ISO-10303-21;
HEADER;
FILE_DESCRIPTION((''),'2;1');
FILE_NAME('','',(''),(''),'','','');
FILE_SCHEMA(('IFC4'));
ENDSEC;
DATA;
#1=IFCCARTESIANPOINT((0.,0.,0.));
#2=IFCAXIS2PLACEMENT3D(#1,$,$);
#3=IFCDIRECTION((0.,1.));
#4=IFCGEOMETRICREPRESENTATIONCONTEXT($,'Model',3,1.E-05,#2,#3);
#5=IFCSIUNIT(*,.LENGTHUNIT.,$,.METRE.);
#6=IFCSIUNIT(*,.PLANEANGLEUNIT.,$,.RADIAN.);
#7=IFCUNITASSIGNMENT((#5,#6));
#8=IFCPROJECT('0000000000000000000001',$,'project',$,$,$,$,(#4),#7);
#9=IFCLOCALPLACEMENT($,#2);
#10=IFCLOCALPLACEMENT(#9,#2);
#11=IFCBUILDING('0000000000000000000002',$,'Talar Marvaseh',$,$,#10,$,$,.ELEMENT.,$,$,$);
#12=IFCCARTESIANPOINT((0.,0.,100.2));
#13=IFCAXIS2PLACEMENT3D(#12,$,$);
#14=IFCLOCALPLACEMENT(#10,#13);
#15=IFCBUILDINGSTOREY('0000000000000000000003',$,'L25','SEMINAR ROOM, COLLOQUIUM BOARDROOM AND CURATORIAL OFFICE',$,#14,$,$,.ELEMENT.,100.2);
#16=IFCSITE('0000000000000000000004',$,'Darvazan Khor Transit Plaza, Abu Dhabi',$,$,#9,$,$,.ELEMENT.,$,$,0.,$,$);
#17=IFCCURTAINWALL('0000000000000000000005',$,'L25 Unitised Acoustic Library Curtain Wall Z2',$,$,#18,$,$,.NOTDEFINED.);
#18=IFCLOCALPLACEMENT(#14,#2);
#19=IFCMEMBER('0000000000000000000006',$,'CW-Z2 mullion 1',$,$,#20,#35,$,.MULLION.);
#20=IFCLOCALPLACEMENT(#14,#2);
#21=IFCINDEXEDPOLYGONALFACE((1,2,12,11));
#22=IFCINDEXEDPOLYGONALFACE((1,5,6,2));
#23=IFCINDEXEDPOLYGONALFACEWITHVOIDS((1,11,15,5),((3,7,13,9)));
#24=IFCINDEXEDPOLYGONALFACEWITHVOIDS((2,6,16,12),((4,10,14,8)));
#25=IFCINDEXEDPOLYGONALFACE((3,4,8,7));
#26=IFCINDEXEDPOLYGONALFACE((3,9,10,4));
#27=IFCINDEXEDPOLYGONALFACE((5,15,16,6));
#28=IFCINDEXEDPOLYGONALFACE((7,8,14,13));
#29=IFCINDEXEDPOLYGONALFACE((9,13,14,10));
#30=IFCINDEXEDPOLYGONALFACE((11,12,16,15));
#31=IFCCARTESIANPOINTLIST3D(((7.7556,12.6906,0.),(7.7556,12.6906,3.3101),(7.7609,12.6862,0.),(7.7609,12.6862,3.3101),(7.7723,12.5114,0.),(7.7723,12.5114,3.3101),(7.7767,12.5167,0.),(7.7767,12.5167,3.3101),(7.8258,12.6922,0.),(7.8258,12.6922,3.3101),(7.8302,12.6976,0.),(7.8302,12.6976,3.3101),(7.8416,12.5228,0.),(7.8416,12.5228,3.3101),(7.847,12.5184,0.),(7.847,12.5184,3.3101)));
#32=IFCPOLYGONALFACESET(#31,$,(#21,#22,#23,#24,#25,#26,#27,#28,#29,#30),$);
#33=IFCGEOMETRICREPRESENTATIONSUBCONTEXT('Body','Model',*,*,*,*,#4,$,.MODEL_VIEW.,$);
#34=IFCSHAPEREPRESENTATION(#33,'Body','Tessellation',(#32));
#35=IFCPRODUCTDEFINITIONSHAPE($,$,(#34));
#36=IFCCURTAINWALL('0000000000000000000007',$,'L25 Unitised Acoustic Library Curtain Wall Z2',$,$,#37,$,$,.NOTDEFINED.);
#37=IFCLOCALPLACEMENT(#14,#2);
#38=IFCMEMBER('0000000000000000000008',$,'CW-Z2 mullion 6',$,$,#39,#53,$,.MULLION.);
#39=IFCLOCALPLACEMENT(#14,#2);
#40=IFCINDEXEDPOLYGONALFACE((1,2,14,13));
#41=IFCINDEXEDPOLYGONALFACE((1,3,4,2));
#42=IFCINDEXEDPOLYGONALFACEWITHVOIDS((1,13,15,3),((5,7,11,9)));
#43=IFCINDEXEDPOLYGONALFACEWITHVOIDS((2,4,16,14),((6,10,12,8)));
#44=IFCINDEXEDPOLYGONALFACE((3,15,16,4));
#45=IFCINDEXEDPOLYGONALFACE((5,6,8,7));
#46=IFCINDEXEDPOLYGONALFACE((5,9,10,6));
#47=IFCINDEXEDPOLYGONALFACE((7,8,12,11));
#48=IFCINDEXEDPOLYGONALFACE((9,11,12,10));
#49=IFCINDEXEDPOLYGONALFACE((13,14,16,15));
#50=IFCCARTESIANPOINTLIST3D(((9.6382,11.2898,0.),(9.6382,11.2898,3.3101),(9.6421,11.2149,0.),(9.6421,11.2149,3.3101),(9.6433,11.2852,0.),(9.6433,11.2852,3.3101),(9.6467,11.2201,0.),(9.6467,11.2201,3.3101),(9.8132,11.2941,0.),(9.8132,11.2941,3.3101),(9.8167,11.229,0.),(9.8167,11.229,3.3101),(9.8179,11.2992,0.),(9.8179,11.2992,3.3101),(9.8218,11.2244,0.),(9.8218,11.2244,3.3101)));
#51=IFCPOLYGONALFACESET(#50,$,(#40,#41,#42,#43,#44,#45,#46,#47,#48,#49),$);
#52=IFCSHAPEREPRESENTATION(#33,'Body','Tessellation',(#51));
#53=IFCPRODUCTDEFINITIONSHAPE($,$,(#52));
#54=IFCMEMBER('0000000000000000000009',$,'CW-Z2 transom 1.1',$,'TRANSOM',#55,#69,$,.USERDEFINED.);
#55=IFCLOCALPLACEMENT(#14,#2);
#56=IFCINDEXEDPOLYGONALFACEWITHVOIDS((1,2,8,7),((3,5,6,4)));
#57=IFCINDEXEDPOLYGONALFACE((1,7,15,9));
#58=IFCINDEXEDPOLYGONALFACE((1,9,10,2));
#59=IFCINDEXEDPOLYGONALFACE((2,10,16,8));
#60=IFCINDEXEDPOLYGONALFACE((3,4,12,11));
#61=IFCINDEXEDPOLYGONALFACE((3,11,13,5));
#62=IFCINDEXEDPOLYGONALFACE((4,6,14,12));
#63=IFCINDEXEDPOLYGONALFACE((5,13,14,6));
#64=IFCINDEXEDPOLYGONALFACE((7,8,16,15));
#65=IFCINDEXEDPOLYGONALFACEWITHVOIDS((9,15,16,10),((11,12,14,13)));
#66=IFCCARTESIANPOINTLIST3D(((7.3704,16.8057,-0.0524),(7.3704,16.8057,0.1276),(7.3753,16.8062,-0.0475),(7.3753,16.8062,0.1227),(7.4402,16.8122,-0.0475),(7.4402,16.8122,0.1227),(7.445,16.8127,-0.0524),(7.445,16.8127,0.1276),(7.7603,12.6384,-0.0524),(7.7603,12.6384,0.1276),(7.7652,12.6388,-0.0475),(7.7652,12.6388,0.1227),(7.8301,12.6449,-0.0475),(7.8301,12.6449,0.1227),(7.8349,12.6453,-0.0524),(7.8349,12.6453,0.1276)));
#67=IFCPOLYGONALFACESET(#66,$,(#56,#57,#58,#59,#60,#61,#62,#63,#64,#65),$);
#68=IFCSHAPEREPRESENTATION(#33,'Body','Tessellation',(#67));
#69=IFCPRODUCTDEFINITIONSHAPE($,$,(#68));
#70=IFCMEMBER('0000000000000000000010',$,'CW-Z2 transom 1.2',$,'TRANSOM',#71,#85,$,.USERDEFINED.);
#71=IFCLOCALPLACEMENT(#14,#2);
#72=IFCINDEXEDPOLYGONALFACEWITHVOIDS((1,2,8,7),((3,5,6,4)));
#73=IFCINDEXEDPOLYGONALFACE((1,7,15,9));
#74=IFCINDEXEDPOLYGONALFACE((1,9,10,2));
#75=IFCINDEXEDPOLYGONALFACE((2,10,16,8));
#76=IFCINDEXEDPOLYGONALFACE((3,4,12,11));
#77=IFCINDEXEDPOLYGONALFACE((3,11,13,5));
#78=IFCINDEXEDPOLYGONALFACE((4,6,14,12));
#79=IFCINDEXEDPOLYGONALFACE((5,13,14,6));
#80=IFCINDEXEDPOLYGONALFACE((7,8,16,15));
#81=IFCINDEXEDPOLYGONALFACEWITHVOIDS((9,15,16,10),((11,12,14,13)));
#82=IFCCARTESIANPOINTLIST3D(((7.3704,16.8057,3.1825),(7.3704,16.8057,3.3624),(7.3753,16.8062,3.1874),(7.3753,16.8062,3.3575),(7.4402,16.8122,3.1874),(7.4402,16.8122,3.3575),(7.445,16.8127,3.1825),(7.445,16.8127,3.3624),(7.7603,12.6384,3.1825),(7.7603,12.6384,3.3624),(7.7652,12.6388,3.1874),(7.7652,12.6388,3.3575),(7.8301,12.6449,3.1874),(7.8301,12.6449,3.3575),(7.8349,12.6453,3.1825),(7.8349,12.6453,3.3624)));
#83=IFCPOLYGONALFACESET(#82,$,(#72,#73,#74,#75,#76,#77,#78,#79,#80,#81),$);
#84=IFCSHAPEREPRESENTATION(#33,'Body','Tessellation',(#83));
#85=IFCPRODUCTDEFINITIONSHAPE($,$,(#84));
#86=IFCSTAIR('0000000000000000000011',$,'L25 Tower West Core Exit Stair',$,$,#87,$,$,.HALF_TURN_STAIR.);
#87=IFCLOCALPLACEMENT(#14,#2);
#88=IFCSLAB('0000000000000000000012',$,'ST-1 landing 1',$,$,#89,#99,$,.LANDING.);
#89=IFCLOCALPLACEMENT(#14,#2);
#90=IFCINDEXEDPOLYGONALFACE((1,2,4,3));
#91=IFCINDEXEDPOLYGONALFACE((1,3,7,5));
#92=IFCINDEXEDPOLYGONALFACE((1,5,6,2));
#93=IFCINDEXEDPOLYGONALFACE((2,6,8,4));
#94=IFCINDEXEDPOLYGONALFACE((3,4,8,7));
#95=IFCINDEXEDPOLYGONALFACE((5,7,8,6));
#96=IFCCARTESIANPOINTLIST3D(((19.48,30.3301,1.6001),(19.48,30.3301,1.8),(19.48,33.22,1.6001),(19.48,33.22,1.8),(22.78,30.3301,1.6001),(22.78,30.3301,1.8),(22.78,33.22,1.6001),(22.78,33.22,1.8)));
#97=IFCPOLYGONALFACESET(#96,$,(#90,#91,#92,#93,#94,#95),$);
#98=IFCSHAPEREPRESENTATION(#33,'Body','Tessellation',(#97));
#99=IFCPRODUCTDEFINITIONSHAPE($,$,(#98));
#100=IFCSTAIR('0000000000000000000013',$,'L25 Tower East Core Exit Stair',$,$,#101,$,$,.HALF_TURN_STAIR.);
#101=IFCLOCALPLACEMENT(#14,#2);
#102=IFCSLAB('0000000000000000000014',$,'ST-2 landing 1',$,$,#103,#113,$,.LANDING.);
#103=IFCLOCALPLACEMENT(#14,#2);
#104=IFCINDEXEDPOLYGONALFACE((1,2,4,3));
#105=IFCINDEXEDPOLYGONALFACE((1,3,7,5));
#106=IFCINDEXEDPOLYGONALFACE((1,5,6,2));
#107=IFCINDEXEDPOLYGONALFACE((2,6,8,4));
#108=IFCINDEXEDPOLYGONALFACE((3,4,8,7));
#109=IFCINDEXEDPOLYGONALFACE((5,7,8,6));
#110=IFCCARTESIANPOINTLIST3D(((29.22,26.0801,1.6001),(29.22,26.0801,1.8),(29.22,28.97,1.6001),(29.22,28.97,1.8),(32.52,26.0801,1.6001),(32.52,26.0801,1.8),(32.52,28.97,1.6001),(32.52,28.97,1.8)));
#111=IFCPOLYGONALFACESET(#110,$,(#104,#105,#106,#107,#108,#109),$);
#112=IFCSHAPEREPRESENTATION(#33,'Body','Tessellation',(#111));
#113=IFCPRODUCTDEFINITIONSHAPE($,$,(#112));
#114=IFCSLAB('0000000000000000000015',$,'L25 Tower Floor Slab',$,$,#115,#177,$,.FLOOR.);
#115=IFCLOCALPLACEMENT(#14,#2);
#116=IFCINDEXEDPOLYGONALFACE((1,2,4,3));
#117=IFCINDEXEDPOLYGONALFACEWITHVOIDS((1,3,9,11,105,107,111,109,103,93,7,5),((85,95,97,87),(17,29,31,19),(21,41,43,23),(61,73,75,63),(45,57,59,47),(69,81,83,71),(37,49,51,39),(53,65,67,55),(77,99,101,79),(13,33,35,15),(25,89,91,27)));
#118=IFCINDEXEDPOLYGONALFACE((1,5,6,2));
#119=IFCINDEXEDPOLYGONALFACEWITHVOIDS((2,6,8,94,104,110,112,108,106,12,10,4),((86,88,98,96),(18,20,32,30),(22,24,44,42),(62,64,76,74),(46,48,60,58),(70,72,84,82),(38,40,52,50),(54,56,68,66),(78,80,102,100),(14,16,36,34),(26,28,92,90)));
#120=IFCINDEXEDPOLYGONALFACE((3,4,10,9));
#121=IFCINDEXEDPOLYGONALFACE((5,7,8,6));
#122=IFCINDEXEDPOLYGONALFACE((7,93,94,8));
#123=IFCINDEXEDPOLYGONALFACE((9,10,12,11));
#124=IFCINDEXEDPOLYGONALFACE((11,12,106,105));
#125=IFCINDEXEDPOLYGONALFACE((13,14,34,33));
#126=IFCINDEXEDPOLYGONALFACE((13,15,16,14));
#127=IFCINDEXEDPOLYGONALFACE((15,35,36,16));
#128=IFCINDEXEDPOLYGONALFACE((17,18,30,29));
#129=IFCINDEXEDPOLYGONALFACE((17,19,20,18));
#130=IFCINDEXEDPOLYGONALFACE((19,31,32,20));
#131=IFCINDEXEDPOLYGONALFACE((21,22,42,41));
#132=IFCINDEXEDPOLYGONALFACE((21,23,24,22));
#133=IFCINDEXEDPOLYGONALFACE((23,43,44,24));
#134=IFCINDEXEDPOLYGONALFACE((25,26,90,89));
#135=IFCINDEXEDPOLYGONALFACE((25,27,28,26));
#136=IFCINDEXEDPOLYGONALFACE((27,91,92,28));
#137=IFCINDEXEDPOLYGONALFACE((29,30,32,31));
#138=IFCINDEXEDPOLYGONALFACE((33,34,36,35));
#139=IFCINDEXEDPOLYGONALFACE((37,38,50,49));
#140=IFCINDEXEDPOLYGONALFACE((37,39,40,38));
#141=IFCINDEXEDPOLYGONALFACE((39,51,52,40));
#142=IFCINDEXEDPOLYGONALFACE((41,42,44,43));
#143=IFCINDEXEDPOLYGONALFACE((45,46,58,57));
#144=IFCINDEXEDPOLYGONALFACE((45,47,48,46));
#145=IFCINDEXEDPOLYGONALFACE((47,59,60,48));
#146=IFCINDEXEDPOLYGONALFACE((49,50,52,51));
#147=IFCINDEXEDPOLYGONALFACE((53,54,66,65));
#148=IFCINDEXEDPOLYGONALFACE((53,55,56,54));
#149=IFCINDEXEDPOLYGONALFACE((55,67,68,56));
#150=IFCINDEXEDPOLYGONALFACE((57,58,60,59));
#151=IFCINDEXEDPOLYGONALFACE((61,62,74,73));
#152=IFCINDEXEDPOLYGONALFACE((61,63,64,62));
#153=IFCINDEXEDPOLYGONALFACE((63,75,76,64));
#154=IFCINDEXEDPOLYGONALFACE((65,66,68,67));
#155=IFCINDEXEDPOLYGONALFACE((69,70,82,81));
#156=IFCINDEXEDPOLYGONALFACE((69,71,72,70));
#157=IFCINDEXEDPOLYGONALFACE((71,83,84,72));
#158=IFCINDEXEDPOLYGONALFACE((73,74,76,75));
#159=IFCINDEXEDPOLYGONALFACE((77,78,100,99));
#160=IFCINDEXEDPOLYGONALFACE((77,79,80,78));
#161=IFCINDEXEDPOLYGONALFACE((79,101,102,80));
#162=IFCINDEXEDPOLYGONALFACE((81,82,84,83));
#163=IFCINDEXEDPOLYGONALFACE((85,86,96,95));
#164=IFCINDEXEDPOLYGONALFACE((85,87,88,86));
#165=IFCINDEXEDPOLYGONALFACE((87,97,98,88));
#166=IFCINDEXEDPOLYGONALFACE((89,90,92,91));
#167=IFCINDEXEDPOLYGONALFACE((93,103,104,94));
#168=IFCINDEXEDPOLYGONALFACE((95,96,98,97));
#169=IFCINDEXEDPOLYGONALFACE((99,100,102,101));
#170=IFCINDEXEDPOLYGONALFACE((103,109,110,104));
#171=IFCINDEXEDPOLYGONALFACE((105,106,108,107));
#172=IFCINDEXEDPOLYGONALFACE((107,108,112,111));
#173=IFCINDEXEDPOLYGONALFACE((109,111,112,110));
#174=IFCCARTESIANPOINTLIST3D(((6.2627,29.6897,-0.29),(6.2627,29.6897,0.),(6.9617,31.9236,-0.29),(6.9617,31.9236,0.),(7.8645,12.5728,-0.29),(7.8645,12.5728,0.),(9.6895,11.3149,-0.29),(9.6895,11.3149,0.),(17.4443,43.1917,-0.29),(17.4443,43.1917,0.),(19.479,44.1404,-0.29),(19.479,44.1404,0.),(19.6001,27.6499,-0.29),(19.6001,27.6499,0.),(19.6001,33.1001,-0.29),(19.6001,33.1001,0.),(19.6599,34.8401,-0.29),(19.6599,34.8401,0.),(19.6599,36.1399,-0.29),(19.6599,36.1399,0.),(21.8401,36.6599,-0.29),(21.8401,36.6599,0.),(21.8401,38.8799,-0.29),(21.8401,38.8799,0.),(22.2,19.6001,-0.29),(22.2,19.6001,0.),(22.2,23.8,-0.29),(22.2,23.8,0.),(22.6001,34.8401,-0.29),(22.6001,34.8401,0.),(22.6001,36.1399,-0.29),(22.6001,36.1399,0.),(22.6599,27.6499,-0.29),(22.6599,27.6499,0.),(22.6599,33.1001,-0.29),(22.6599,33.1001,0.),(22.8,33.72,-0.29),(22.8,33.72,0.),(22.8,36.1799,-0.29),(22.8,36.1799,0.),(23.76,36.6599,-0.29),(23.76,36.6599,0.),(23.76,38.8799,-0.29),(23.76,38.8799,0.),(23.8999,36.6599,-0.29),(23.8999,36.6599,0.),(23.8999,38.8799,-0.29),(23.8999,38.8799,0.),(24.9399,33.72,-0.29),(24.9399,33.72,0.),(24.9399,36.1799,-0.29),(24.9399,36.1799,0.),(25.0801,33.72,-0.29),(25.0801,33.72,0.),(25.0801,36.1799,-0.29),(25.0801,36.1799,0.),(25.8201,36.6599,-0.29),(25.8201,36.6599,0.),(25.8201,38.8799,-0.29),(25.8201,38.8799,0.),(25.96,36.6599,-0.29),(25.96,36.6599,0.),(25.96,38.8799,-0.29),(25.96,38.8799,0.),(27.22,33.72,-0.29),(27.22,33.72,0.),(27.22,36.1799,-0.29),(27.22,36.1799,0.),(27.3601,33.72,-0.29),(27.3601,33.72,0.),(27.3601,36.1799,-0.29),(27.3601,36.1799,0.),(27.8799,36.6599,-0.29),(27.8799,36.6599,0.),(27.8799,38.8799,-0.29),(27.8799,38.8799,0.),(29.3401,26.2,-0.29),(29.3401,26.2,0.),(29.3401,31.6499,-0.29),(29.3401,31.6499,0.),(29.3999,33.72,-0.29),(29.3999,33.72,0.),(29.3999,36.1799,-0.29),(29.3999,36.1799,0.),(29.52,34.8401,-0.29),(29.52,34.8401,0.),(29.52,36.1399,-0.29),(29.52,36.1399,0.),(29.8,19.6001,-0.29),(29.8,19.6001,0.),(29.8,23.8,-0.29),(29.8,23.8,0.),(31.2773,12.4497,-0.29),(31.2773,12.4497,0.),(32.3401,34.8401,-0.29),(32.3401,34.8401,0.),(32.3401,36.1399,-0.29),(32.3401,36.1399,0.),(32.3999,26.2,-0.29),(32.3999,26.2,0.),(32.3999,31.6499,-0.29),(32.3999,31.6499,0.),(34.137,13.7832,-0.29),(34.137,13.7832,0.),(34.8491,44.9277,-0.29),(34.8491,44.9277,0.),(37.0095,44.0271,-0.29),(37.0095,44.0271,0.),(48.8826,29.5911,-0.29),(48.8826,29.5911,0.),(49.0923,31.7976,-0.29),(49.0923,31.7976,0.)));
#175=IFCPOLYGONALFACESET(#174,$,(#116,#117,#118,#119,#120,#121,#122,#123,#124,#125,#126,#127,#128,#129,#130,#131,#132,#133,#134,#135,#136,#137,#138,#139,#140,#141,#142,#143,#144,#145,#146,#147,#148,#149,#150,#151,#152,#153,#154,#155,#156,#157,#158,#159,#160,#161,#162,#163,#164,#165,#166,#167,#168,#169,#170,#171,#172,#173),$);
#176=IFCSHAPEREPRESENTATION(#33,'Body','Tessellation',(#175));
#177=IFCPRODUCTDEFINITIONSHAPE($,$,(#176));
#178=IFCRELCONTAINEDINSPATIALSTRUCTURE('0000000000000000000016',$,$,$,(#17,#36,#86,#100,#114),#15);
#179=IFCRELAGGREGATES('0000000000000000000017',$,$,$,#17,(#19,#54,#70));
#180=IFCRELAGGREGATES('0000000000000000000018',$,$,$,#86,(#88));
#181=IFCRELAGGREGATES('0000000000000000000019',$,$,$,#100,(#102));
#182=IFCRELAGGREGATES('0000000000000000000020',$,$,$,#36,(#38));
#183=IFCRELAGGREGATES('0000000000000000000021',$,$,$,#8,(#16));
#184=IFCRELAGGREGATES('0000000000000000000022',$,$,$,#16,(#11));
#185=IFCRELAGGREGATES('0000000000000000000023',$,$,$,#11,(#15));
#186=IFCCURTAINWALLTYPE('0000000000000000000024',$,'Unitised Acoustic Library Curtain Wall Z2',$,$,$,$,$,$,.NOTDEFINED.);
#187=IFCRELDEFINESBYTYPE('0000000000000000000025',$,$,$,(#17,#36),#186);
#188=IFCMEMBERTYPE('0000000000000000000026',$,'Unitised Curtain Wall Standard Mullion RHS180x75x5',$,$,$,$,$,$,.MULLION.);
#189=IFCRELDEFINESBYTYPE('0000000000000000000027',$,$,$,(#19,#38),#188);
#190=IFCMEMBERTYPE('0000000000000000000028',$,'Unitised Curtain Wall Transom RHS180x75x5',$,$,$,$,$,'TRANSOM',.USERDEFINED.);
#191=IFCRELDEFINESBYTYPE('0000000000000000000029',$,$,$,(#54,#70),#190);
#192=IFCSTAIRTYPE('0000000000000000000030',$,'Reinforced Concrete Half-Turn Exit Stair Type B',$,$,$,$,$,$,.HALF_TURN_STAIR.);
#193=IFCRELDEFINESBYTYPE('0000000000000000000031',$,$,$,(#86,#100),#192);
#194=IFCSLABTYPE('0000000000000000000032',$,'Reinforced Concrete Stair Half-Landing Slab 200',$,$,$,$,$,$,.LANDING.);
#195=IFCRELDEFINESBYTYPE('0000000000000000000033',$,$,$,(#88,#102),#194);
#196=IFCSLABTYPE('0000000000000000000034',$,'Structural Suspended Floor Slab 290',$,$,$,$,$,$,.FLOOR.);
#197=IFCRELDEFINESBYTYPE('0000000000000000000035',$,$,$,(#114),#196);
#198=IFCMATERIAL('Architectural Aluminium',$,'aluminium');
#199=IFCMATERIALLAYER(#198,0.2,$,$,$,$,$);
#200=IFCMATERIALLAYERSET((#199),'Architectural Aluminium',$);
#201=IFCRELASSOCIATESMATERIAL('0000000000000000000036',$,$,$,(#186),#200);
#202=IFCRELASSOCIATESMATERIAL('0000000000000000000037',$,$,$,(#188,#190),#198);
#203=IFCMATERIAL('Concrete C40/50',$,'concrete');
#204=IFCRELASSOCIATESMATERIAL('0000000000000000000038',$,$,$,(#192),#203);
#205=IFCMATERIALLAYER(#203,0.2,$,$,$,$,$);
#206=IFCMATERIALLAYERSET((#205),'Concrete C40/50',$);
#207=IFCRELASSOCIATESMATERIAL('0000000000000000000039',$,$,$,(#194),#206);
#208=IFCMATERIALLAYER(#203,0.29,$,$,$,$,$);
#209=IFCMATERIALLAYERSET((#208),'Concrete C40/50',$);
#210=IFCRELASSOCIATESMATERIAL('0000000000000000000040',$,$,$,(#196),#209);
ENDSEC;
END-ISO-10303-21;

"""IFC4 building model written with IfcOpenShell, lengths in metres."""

from ifc_helpers import new_model, si_unit, direction, frame, origin, origin_2d, place, context, subcontext, project, spatial, polyline, hollow_rectangle, outline, extrude, source, transform, mapped, material, layer, layer_set, material_profile, profile_set, type_object, type_shapes, element, aggregate, save


model = new_model("IFC4")

# Units and contexts
model_context = context("Model", 3, precision=1e-05, world=origin(), true_north=direction((0.0, 1.0)))
body_context = subcontext(model_context, "Body", "Model", "MODEL_VIEW")
ifc_project = project(units=[si_unit("LENGTHUNIT", "METRE"), si_unit("PLANEANGLEUNIT", "RADIAN")], contexts=[model_context])

# Site, building, storey
site_placement = place(None, origin())
site = spatial("IfcSite", under=ifc_project, at=site_placement, Name="Darvazan Khor Transit Plaza, Abu Dhabi", CompositionType="ELEMENT", RefElevation=0.0)
building_placement = place(site_placement, origin())
building = spatial("IfcBuilding", under=site, at=building_placement, Name="Talar Marvaseh", CompositionType="ELEMENT")
storey_placement = place(building_placement, frame((0.0, 0.0, 100.2)))
storey = spatial("IfcBuildingStorey", under=building, at=storey_placement, Name="L25", Description="SEMINAR ROOM, COLLOQUIUM BOARDROOM AND CURATORIAL OFFICE", CompositionType="ELEMENT", Elevation=100.2)

# Curtain walls, members
ifc_material_1 = material(Name="Architectural Aluminium", Category="aluminium")
ifc_layer_1 = layer(ifc_material_1, 0.2)
ifc_layer_set_1 = layer_set([ifc_layer_1], Name="Architectural Aluminium")
curtain_wall_type = type_object("IfcCurtainWallType", Name="Unitised Acoustic Library Curtain Wall Z2", PredefinedType="NOTDEFINED", material=ifc_layer_set_1)
curtain_wall_1_placement = place(storey_placement, origin())
curtain_wall_1 = element("IfcCurtainWall", 1, at=curtain_wall_1_placement, inside=storey, type_object=curtain_wall_type, Name="L25 Unitised Acoustic Library Curtain Wall Z2", PredefinedType="NOTDEFINED")
ifc_material_profile_1 = material_profile(ifc_material_1, hollow_rectangle(XDim=0.075, YDim=0.1799, WallThickness=0.0049, at=origin_2d()), Name="RHS180x75x5")
ifc_profile_set_1 = profile_set([ifc_material_profile_1], Name="Architectural Aluminium")
member_type_1 = type_object("IfcMemberType", Name="Unitised Curtain Wall Standard Mullion RHS180x75x5", PredefinedType="MULLION", material=ifc_profile_set_1)
shared_shape_1 = source(origin(), body_context, "Body", "SweptSolid", [
    extrude(hollow_rectangle(XDim=0.075, YDim=0.1799, WallThickness=0.0049, at=origin_2d()), origin(), (0.0, 0.0, 1.0), 3.3101),
])
type_shapes(member_type_1, [shared_shape_1])
member_1_placement = place(storey_placement, frame((7.8013, 12.6045, 0.0), z_axis=(0.0, 0.0, 1.0), x_axis=(-0.99565, -0.093173, 0.0)))
member_1 = element("IfcMember", 2, at=member_1_placement, type_object=member_type_1, Name="CW-Z2 mullion 1", PredefinedType="MULLION", context=body_context, shape_type="MappedRepresentation", body=[
    mapped(shared_shape_1, transform((0.0, 0.0, 0.0), x_axis=(1.0, 0.0, 0.0), y_axis=(0.0, 1.0, 0.0), z_axis=(0.0, 0.0, 1.0), scale=1.0)),
])
curtain_wall_2_placement = place(storey_placement, origin())
curtain_wall_2 = element("IfcCurtainWall", 3, at=curtain_wall_2_placement, inside=storey, type_object=curtain_wall_type, Name="L25 Unitised Acoustic Library Curtain Wall Z2", PredefinedType="NOTDEFINED")
member_2_placement = place(storey_placement, frame((9.73, 11.2571, 0.0), z_axis=(0.0, 0.0, 1.0), x_axis=(0.052489, -0.998621, 0.0)))
member_2 = element("IfcMember", 4, at=member_2_placement, type_object=member_type_1, Name="CW-Z2 mullion 6", PredefinedType="MULLION", context=body_context, shape_type="MappedRepresentation", body=[
    mapped(shared_shape_1, transform((0.0, 0.0, 0.0), x_axis=(1.0, 0.0, 0.0), y_axis=(0.0, 1.0, 0.0), z_axis=(0.0, 0.0, 1.0), scale=1.0)),
])

# Members
ifc_material_profile_2 = material_profile(ifc_material_1, hollow_rectangle(XDim=0.075, YDim=0.1799, WallThickness=0.0049, at=origin_2d()), Name="RHS180x75x5")
ifc_profile_set_2 = profile_set([ifc_material_profile_2], Name="Architectural Aluminium")
member_type_2 = type_object("IfcMemberType", Name="Unitised Curtain Wall Transom RHS180x75x5", ElementType="TRANSOM", PredefinedType="USERDEFINED", material=ifc_profile_set_2)
shared_shape_2 = source(origin(), body_context, "Body", "SweptSolid", [
    extrude(hollow_rectangle(XDim=0.075, YDim=0.1799, WallThickness=0.0049, at=origin_2d()), origin(), (0.0, 0.0, 1.0), 4.1855),
])
type_shapes(member_type_2, [shared_shape_2])
member_3_placement = place(storey_placement, frame((7.7976, 12.6418, 0.0376), z_axis=(-0.093155, 0.995652, 0.0), x_axis=(-0.995652, -0.093155, 0.0)))
member_3 = element("IfcMember", 5, at=member_3_placement, type_object=member_type_2, Name="CW-Z2 transom 1.1", ObjectType="TRANSOM", PredefinedType="USERDEFINED", context=body_context, shape_type="MappedRepresentation", body=[
    mapped(shared_shape_2, transform((0.0, 0.0, 0.0), x_axis=(1.0, 0.0, 0.0), y_axis=(0.0, 1.0, 0.0), z_axis=(0.0, 0.0, 1.0), scale=1.0)),
])
member_4_placement = place(storey_placement, frame((7.7976, 12.6418, 3.2725), z_axis=(-0.093155, 0.995652, 0.0), x_axis=(-0.995652, -0.093155, 0.0)))
member_4 = element("IfcMember", 6, at=member_4_placement, type_object=member_type_2, Name="CW-Z2 transom 1.2", ObjectType="TRANSOM", PredefinedType="USERDEFINED", context=body_context, shape_type="MappedRepresentation", body=[
    mapped(shared_shape_2, transform((0.0, 0.0, 0.0), x_axis=(1.0, 0.0, 0.0), y_axis=(0.0, 1.0, 0.0), z_axis=(0.0, 0.0, 1.0), scale=1.0)),
])
aggregate(curtain_wall_1, [member_1, member_3, member_4])

# Stairs, slabs
ifc_material_2 = material(Name="Concrete C40/50", Category="concrete")
stair_type = type_object("IfcStairType", Name="Reinforced Concrete Half-Turn Exit Stair Type B", PredefinedType="HALF_TURN_STAIR", material=ifc_material_2)
stair_1_placement = place(storey_placement, origin())
stair_1 = element("IfcStair", 7, at=stair_1_placement, inside=storey, type_object=stair_type, Name="L25 Tower West Core Exit Stair", PredefinedType="HALF_TURN_STAIR")
ifc_layer_2 = layer(ifc_material_2, 0.2)
ifc_layer_set_2 = layer_set([ifc_layer_2], Name="Concrete C40/50")
slab_type_1 = type_object("IfcSlabType", Name="Reinforced Concrete Stair Half-Landing Slab 200", PredefinedType="LANDING", material=ifc_layer_set_2)
slab_1_placement = place(storey_placement, frame((0.0, 0.0, 1.6001)))
slab_1 = element("IfcSlab", 8, at=slab_1_placement, type_object=slab_type_1, Name="ST-1 landing 1", PredefinedType="LANDING", context=body_context, shape_type="SweptSolid", body=[
    extrude(outline(polyline([(22.78, 30.3301), (22.78, 33.22), (19.48, 33.22), (19.48, 30.3301), (22.78, 30.3301)])), origin(), (0.0, 0.0, 1.0), 0.2),
])
aggregate(stair_1, [slab_1])
stair_2_placement = place(storey_placement, origin())
stair_2 = element("IfcStair", 9, at=stair_2_placement, inside=storey, type_object=stair_type, Name="L25 Tower East Core Exit Stair", PredefinedType="HALF_TURN_STAIR")
slab_2_placement = place(storey_placement, frame((0.0, 0.0, 1.6001)))
slab_2 = element("IfcSlab", 10, at=slab_2_placement, type_object=slab_type_1, Name="ST-2 landing 1", PredefinedType="LANDING", context=body_context, shape_type="SweptSolid", body=[
    extrude(outline(polyline([(29.22, 28.97), (29.22, 26.0801), (32.52, 26.0801), (32.52, 28.97), (29.22, 28.97)])), origin(), (0.0, 0.0, 1.0), 0.2),
])
aggregate(stair_2, [slab_2])

# Slab
ifc_layer_3 = layer(ifc_material_2, 0.29)
ifc_layer_set_3 = layer_set([ifc_layer_3], Name="Concrete C40/50")
slab_type_2 = type_object("IfcSlabType", Name="Structural Suspended Floor Slab 290", PredefinedType="FLOOR", material=ifc_layer_set_3)
slab_3_placement = place(storey_placement, frame((0.0, 0.0, -0.29)))
element("IfcSlab", 11, at=slab_3_placement, inside=storey, type_object=slab_type_2, Name="L25 Tower Floor Slab", PredefinedType="FLOOR", context=body_context, shape_type="SweptSolid", body=[
    extrude(outline(polyline([(9.6895, 11.3149), (7.8645, 12.5728), (6.2627, 29.6897), (6.9617, 31.9236), (17.4443, 43.1917), (19.479, 44.1404), (34.8491, 44.9277), (37.0095, 44.0271), (49.0923, 31.7976), (48.8826, 29.5911), (34.137, 13.7832), (31.2773, 12.4497), (9.6895, 11.3149)]), holes=[polyline([(22.6599, 27.6499), (22.6599, 33.1001), (19.6001, 33.1001), (19.6001, 27.6499), (22.6599, 27.6499)]), polyline([(29.3401, 31.6499), (29.3401, 26.2), (32.3999, 26.2), (32.3999, 31.6499), (29.3401, 31.6499)]), polyline([(22.8, 33.72), (24.9399, 33.72), (24.9399, 36.1799), (22.8, 36.1799), (22.8, 33.72)]), polyline([(25.0801, 33.72), (27.22, 33.72), (27.22, 36.1799), (25.0801, 36.1799), (25.0801, 33.72)]), polyline([(27.3601, 33.72), (29.3999, 33.72), (29.3999, 36.1799), (27.3601, 36.1799), (27.3601, 33.72)]), polyline([(21.8401, 36.6599), (23.76, 36.6599), (23.76, 38.8799), (21.8401, 38.8799), (21.8401, 36.6599)]), polyline([(23.8999, 36.6599), (25.8201, 36.6599), (25.8201, 38.8799), (23.8999, 38.8799), (23.8999, 36.6599)]), polyline([(25.96, 36.6599), (27.8799, 36.6599), (27.8799, 38.8799), (25.96, 38.8799), (25.96, 36.6599)]), polyline([(19.6599, 34.8401), (22.6001, 34.8401), (22.6001, 36.1399), (19.6599, 36.1399), (19.6599, 34.8401)]), polyline([(29.52, 34.8401), (32.3401, 34.8401), (32.3401, 36.1399), (29.52, 36.1399), (29.52, 34.8401)]), polyline([(22.2, 19.6001), (29.8, 19.6001), (29.8, 23.8), (22.2, 23.8), (22.2, 19.6001)])]), origin(), (0.0, 0.0, 1.0), 0.29),
])

aggregate(curtain_wall_2, [member_2])

save(model, "model.ifc")
